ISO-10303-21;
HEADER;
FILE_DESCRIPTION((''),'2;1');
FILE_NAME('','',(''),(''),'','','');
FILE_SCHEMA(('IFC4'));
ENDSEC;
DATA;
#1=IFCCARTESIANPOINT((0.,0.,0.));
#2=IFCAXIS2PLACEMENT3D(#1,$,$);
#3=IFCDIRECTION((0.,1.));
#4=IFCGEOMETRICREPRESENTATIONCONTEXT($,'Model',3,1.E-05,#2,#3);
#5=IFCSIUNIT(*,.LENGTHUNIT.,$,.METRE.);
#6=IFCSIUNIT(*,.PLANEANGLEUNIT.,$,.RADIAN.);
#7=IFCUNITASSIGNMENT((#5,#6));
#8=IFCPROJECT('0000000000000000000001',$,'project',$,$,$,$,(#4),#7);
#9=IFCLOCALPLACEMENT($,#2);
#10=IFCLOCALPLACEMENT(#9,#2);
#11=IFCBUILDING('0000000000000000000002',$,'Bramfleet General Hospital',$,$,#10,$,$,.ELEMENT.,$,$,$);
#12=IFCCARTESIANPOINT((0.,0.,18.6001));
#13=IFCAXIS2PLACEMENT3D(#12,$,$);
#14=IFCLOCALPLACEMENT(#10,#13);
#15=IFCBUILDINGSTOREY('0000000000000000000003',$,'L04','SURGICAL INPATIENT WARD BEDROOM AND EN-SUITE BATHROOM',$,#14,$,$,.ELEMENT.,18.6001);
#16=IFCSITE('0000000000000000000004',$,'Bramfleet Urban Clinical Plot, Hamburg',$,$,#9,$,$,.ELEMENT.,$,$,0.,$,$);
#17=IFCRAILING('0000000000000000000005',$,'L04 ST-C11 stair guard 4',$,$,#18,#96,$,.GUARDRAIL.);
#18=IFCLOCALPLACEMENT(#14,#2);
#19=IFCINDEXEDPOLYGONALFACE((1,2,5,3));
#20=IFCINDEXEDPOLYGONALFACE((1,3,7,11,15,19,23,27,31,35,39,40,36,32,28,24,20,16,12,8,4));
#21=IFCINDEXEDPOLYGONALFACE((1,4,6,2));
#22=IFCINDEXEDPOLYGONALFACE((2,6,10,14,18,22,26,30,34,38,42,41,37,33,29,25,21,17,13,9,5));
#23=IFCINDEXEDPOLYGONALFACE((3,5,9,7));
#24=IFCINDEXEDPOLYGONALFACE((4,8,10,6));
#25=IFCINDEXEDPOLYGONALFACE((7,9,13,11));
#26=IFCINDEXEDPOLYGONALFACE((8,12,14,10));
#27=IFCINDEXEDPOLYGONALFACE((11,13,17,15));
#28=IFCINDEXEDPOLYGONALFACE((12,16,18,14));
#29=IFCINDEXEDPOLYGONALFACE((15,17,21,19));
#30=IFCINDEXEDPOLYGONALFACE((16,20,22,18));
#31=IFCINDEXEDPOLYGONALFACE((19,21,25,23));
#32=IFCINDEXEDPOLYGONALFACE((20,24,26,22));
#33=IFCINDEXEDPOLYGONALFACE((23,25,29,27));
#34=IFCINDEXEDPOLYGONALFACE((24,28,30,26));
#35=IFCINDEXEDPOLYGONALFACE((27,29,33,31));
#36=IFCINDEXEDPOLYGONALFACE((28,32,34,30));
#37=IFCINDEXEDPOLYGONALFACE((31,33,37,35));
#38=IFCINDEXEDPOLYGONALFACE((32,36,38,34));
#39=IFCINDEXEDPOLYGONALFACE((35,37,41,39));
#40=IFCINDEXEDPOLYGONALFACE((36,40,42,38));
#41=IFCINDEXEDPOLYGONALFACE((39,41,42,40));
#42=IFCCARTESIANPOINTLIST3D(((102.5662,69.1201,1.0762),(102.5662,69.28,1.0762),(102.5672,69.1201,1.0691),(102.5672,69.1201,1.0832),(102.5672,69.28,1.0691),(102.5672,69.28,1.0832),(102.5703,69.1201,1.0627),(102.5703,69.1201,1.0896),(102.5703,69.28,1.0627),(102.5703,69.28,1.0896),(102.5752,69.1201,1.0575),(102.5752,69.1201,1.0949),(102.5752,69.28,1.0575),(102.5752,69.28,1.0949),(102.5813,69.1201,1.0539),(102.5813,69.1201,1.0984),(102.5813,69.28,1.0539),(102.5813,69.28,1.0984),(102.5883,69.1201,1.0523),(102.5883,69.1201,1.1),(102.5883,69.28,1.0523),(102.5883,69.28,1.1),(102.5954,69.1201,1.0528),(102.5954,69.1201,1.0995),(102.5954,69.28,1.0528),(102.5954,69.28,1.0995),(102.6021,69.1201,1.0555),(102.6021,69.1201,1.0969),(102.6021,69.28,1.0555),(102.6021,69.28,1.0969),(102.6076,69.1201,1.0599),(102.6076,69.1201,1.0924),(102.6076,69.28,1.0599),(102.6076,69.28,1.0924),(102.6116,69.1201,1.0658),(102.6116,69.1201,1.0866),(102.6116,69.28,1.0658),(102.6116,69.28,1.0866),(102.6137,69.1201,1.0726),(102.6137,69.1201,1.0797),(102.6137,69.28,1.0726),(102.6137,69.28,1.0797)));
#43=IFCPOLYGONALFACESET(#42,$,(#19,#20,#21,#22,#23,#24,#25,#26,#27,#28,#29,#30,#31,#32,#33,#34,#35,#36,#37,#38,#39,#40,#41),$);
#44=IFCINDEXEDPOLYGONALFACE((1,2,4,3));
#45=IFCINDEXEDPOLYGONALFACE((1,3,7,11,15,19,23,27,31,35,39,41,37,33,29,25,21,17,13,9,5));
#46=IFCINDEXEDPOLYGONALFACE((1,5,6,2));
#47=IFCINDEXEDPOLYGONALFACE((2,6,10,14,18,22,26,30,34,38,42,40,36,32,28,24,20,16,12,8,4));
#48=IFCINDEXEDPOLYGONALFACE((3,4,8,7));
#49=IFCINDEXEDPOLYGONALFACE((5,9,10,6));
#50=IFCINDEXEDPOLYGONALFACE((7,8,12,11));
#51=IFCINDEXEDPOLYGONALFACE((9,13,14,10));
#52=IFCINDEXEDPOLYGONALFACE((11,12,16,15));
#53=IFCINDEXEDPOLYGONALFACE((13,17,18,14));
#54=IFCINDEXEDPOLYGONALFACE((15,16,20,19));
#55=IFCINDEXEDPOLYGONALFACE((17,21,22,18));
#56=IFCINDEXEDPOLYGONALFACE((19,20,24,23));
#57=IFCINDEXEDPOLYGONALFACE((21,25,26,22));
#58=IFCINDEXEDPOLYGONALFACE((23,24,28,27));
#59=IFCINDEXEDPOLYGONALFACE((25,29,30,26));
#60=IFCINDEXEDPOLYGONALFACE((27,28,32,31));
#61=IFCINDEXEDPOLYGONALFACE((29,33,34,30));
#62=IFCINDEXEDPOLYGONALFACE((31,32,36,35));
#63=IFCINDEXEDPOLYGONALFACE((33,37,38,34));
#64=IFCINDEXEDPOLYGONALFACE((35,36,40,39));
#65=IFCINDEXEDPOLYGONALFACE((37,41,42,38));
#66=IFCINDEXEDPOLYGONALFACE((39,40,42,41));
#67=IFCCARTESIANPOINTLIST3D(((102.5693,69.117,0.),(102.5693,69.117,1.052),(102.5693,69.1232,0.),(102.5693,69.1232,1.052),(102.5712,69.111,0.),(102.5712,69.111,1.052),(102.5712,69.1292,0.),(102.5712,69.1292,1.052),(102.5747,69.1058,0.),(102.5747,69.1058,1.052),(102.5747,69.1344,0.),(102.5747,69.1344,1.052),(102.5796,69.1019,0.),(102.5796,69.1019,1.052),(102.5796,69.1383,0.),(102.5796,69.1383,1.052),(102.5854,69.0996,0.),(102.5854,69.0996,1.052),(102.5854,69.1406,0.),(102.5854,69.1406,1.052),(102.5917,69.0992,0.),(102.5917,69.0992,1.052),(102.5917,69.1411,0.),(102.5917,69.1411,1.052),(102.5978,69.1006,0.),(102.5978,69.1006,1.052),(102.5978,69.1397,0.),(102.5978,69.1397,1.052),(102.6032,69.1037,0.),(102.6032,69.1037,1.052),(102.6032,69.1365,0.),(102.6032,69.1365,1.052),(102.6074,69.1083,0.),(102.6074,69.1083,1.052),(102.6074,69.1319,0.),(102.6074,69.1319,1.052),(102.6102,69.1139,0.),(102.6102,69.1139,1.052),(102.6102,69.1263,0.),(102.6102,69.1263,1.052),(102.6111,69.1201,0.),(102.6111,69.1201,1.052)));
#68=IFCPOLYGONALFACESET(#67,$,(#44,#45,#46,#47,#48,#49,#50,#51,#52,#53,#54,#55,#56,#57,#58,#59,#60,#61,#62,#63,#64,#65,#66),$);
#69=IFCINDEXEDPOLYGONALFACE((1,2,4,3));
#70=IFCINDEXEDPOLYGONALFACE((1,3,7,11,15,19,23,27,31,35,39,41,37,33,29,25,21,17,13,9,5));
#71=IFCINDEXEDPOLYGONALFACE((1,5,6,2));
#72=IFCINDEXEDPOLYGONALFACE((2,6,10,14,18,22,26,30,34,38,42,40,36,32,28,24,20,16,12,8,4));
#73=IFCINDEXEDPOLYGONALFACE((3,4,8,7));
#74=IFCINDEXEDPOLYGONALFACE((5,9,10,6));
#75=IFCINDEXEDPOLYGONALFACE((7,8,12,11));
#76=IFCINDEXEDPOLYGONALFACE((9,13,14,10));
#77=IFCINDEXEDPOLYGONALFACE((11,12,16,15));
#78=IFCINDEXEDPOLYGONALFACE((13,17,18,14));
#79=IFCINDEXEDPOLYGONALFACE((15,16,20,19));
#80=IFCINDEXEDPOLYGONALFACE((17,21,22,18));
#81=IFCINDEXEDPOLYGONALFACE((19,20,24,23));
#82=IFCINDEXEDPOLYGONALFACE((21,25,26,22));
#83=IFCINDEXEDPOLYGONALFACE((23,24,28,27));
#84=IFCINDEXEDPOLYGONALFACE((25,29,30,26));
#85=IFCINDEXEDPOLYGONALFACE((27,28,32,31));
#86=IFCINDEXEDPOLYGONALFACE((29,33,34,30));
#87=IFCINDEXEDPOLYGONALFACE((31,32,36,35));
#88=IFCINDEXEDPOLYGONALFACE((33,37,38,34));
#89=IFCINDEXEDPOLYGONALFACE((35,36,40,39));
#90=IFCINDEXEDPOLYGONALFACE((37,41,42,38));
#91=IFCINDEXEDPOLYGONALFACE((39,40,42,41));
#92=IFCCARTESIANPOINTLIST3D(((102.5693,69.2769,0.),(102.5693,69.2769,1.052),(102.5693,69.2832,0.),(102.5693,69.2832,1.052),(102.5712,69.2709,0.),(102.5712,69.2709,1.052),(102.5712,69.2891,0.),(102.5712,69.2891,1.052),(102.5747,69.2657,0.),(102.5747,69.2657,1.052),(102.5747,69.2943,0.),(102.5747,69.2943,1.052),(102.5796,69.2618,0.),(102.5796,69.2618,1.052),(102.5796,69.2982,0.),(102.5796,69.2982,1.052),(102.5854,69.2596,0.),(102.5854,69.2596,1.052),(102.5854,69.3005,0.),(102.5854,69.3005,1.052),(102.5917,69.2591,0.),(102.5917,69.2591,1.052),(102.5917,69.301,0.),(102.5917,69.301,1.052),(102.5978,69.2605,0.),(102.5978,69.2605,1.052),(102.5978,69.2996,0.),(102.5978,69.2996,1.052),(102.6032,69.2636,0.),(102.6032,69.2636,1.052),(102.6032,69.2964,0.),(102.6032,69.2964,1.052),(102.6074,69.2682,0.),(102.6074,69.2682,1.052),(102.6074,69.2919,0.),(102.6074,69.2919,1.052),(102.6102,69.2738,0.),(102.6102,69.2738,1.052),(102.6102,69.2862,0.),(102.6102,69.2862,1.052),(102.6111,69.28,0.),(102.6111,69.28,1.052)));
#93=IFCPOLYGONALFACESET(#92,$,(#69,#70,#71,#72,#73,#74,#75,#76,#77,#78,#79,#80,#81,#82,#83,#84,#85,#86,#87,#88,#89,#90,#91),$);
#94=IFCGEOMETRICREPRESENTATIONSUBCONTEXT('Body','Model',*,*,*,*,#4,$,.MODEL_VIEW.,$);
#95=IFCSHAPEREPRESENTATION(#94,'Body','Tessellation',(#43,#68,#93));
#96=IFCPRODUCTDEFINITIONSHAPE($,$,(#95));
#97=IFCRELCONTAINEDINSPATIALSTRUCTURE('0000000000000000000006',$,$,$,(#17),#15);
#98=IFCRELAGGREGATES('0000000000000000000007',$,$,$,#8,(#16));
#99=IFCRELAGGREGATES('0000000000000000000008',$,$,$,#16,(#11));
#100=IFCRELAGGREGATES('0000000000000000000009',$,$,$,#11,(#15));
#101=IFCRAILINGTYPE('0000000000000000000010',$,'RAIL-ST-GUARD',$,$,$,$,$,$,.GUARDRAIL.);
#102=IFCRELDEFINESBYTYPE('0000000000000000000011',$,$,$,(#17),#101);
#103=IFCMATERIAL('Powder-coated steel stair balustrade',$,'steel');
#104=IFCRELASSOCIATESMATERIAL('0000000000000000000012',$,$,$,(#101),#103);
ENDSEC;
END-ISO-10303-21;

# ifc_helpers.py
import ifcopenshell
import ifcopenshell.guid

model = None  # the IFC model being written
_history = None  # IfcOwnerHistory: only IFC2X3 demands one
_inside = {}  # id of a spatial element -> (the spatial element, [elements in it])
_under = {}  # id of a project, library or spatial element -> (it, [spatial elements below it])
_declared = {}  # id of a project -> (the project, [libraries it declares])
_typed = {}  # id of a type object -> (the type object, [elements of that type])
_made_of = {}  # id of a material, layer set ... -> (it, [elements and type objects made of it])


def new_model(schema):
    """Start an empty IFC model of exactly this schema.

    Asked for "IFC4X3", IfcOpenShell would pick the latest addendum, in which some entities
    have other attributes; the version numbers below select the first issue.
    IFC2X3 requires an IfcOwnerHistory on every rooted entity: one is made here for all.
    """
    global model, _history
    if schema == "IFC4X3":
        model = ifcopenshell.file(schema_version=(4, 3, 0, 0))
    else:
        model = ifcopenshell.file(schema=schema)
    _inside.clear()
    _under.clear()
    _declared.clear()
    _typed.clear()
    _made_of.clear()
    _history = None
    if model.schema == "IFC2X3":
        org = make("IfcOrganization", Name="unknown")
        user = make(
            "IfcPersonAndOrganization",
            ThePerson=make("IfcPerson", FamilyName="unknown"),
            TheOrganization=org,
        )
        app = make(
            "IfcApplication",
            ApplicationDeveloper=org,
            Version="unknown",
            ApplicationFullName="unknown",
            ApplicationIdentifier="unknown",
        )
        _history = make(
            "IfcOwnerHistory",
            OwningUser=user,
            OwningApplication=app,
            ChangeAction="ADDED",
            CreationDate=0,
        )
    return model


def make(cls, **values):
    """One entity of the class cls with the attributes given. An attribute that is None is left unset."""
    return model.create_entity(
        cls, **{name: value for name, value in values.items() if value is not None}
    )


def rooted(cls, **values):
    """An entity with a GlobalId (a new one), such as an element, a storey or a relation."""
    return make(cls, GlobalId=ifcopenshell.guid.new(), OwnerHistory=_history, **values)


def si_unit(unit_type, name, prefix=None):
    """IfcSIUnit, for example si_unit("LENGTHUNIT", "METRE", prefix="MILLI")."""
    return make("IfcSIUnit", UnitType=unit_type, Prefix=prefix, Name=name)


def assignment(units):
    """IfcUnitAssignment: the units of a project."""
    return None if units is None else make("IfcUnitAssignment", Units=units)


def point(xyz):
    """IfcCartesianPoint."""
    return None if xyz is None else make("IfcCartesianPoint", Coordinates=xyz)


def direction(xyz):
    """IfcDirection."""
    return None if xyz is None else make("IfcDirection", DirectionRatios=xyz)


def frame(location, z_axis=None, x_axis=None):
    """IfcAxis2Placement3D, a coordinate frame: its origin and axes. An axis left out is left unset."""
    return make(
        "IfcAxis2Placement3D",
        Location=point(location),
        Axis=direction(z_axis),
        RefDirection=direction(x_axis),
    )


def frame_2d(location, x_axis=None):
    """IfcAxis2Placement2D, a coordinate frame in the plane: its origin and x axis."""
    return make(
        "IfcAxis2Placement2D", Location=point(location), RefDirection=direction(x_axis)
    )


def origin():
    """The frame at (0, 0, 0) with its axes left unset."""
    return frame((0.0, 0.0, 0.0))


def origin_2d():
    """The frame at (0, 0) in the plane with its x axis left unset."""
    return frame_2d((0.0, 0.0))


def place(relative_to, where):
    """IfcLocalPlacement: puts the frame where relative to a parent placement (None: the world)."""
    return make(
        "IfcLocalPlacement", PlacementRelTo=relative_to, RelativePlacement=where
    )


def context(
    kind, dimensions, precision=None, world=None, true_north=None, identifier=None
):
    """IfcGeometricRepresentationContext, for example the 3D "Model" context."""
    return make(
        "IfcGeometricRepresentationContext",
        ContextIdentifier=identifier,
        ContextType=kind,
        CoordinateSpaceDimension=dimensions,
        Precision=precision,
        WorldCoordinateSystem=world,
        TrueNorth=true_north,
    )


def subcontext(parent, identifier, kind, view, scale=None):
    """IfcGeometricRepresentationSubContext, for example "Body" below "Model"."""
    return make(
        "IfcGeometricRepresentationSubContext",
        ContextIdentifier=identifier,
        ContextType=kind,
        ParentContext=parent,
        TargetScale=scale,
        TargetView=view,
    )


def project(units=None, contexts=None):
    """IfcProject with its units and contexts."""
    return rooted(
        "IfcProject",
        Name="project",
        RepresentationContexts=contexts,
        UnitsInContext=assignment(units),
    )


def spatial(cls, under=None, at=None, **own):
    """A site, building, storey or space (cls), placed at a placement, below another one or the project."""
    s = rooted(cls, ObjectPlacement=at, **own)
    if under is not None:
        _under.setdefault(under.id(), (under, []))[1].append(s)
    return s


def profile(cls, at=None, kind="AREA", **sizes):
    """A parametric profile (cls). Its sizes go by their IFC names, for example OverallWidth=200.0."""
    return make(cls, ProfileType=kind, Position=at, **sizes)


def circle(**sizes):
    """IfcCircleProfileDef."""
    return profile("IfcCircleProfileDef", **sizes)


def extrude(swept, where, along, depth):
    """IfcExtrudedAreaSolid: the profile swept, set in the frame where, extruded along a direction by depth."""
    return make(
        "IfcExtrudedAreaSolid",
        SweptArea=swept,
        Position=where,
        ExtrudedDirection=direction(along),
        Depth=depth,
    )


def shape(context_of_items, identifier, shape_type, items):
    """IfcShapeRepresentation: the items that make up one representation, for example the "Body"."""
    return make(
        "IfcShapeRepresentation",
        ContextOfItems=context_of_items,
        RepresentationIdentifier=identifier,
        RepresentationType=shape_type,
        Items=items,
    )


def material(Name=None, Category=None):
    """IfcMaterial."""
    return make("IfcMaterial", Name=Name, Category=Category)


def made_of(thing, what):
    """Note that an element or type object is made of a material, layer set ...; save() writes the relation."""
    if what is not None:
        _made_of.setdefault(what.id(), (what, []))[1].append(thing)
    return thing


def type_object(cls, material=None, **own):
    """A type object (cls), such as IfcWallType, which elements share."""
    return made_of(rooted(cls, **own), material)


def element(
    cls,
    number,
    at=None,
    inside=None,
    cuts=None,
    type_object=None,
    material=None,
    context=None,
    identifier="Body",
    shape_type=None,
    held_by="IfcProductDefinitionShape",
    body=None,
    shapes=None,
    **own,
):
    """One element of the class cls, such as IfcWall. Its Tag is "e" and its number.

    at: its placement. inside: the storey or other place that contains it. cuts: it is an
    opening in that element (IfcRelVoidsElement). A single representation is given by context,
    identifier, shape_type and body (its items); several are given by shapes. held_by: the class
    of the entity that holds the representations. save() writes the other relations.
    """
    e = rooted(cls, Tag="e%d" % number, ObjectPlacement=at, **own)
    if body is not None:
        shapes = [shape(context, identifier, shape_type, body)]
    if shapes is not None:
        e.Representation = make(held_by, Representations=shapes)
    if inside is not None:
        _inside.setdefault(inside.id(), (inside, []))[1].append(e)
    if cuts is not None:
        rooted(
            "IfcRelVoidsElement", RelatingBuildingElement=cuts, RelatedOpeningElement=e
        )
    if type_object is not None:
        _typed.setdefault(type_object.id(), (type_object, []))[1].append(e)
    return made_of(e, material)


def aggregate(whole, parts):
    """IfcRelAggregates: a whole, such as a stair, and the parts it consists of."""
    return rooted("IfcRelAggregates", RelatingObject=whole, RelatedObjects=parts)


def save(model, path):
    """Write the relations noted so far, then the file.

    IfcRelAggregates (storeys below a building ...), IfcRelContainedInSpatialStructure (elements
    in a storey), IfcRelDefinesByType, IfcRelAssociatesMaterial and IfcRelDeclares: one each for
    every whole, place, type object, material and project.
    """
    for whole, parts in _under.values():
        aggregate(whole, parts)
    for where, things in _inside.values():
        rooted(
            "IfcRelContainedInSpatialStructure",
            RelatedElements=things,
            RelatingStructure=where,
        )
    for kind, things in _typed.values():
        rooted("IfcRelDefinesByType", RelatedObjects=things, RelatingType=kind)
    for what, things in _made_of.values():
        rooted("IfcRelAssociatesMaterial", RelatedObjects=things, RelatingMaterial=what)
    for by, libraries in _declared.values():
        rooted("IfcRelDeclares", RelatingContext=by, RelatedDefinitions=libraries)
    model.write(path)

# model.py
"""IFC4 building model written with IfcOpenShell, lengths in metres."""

from ifc_helpers import new_model, si_unit, direction, frame, origin, origin_2d, place, context, subcontext, project, spatial, circle, extrude, material, type_object, element, save


model = new_model("IFC4")

# Units and contexts
model_context = context("Model", 3, precision=1e-05, world=origin(), true_north=direction((0.0, 1.0)))
body_context = subcontext(model_context, "Body", "Model", "MODEL_VIEW")
ifc_project = project(units=[si_unit("LENGTHUNIT", "METRE"), si_unit("PLANEANGLEUNIT", "RADIAN")], contexts=[model_context])

# Site, building, storey
site_placement = place(None, origin())
site = spatial("IfcSite", under=ifc_project, at=site_placement, Name="Bramfleet Urban Clinical Plot, Hamburg", CompositionType="ELEMENT", RefElevation=0.0)
building_placement = place(site_placement, origin())
building = spatial("IfcBuilding", under=site, at=building_placement, Name="Bramfleet General Hospital", CompositionType="ELEMENT")
storey_placement = place(building_placement, frame((0.0, 0.0, 18.6001)))
storey = spatial("IfcBuildingStorey", under=building, at=storey_placement, Name="L04", Description="SURGICAL INPATIENT WARD BEDROOM AND EN-SUITE BATHROOM", CompositionType="ELEMENT", Elevation=18.6001)

# Railing
ifc_material_1 = material(Name="Powder-coated steel stair balustrade", Category="steel")
railing_type_1 = type_object("IfcRailingType", Name="RAIL-ST-GUARD", PredefinedType="GUARDRAIL", material=ifc_material_1)
railing_1_placement = place(storey_placement, frame((102.5901, 69.1201, 0.0)))
element("IfcRailing", 1, at=railing_1_placement, inside=storey, type_object=railing_type_1, Name="L04 ST-C11 stair guard 4", PredefinedType="GUARDRAIL", context=body_context, shape_type="SweptSolid", body=[
    extrude(circle(Radius=0.0239, at=origin_2d()), frame((0.0, 0.0, 1.0762), z_axis=(0.0, 1.0, 0.0), x_axis=(-1.0, 0.0, 0.0)), (0.0, 0.0, 1.0), 0.1599),
    extrude(circle(Radius=0.021, at=origin_2d()), origin(), (0.0, 0.0, 1.0), 1.052),
    extrude(circle(Radius=0.021, at=origin_2d()), frame((0.0, 0.1599, 0.0)), (0.0, 0.0, 1.0), 1.052),
])

save(model, "model.ifc")
